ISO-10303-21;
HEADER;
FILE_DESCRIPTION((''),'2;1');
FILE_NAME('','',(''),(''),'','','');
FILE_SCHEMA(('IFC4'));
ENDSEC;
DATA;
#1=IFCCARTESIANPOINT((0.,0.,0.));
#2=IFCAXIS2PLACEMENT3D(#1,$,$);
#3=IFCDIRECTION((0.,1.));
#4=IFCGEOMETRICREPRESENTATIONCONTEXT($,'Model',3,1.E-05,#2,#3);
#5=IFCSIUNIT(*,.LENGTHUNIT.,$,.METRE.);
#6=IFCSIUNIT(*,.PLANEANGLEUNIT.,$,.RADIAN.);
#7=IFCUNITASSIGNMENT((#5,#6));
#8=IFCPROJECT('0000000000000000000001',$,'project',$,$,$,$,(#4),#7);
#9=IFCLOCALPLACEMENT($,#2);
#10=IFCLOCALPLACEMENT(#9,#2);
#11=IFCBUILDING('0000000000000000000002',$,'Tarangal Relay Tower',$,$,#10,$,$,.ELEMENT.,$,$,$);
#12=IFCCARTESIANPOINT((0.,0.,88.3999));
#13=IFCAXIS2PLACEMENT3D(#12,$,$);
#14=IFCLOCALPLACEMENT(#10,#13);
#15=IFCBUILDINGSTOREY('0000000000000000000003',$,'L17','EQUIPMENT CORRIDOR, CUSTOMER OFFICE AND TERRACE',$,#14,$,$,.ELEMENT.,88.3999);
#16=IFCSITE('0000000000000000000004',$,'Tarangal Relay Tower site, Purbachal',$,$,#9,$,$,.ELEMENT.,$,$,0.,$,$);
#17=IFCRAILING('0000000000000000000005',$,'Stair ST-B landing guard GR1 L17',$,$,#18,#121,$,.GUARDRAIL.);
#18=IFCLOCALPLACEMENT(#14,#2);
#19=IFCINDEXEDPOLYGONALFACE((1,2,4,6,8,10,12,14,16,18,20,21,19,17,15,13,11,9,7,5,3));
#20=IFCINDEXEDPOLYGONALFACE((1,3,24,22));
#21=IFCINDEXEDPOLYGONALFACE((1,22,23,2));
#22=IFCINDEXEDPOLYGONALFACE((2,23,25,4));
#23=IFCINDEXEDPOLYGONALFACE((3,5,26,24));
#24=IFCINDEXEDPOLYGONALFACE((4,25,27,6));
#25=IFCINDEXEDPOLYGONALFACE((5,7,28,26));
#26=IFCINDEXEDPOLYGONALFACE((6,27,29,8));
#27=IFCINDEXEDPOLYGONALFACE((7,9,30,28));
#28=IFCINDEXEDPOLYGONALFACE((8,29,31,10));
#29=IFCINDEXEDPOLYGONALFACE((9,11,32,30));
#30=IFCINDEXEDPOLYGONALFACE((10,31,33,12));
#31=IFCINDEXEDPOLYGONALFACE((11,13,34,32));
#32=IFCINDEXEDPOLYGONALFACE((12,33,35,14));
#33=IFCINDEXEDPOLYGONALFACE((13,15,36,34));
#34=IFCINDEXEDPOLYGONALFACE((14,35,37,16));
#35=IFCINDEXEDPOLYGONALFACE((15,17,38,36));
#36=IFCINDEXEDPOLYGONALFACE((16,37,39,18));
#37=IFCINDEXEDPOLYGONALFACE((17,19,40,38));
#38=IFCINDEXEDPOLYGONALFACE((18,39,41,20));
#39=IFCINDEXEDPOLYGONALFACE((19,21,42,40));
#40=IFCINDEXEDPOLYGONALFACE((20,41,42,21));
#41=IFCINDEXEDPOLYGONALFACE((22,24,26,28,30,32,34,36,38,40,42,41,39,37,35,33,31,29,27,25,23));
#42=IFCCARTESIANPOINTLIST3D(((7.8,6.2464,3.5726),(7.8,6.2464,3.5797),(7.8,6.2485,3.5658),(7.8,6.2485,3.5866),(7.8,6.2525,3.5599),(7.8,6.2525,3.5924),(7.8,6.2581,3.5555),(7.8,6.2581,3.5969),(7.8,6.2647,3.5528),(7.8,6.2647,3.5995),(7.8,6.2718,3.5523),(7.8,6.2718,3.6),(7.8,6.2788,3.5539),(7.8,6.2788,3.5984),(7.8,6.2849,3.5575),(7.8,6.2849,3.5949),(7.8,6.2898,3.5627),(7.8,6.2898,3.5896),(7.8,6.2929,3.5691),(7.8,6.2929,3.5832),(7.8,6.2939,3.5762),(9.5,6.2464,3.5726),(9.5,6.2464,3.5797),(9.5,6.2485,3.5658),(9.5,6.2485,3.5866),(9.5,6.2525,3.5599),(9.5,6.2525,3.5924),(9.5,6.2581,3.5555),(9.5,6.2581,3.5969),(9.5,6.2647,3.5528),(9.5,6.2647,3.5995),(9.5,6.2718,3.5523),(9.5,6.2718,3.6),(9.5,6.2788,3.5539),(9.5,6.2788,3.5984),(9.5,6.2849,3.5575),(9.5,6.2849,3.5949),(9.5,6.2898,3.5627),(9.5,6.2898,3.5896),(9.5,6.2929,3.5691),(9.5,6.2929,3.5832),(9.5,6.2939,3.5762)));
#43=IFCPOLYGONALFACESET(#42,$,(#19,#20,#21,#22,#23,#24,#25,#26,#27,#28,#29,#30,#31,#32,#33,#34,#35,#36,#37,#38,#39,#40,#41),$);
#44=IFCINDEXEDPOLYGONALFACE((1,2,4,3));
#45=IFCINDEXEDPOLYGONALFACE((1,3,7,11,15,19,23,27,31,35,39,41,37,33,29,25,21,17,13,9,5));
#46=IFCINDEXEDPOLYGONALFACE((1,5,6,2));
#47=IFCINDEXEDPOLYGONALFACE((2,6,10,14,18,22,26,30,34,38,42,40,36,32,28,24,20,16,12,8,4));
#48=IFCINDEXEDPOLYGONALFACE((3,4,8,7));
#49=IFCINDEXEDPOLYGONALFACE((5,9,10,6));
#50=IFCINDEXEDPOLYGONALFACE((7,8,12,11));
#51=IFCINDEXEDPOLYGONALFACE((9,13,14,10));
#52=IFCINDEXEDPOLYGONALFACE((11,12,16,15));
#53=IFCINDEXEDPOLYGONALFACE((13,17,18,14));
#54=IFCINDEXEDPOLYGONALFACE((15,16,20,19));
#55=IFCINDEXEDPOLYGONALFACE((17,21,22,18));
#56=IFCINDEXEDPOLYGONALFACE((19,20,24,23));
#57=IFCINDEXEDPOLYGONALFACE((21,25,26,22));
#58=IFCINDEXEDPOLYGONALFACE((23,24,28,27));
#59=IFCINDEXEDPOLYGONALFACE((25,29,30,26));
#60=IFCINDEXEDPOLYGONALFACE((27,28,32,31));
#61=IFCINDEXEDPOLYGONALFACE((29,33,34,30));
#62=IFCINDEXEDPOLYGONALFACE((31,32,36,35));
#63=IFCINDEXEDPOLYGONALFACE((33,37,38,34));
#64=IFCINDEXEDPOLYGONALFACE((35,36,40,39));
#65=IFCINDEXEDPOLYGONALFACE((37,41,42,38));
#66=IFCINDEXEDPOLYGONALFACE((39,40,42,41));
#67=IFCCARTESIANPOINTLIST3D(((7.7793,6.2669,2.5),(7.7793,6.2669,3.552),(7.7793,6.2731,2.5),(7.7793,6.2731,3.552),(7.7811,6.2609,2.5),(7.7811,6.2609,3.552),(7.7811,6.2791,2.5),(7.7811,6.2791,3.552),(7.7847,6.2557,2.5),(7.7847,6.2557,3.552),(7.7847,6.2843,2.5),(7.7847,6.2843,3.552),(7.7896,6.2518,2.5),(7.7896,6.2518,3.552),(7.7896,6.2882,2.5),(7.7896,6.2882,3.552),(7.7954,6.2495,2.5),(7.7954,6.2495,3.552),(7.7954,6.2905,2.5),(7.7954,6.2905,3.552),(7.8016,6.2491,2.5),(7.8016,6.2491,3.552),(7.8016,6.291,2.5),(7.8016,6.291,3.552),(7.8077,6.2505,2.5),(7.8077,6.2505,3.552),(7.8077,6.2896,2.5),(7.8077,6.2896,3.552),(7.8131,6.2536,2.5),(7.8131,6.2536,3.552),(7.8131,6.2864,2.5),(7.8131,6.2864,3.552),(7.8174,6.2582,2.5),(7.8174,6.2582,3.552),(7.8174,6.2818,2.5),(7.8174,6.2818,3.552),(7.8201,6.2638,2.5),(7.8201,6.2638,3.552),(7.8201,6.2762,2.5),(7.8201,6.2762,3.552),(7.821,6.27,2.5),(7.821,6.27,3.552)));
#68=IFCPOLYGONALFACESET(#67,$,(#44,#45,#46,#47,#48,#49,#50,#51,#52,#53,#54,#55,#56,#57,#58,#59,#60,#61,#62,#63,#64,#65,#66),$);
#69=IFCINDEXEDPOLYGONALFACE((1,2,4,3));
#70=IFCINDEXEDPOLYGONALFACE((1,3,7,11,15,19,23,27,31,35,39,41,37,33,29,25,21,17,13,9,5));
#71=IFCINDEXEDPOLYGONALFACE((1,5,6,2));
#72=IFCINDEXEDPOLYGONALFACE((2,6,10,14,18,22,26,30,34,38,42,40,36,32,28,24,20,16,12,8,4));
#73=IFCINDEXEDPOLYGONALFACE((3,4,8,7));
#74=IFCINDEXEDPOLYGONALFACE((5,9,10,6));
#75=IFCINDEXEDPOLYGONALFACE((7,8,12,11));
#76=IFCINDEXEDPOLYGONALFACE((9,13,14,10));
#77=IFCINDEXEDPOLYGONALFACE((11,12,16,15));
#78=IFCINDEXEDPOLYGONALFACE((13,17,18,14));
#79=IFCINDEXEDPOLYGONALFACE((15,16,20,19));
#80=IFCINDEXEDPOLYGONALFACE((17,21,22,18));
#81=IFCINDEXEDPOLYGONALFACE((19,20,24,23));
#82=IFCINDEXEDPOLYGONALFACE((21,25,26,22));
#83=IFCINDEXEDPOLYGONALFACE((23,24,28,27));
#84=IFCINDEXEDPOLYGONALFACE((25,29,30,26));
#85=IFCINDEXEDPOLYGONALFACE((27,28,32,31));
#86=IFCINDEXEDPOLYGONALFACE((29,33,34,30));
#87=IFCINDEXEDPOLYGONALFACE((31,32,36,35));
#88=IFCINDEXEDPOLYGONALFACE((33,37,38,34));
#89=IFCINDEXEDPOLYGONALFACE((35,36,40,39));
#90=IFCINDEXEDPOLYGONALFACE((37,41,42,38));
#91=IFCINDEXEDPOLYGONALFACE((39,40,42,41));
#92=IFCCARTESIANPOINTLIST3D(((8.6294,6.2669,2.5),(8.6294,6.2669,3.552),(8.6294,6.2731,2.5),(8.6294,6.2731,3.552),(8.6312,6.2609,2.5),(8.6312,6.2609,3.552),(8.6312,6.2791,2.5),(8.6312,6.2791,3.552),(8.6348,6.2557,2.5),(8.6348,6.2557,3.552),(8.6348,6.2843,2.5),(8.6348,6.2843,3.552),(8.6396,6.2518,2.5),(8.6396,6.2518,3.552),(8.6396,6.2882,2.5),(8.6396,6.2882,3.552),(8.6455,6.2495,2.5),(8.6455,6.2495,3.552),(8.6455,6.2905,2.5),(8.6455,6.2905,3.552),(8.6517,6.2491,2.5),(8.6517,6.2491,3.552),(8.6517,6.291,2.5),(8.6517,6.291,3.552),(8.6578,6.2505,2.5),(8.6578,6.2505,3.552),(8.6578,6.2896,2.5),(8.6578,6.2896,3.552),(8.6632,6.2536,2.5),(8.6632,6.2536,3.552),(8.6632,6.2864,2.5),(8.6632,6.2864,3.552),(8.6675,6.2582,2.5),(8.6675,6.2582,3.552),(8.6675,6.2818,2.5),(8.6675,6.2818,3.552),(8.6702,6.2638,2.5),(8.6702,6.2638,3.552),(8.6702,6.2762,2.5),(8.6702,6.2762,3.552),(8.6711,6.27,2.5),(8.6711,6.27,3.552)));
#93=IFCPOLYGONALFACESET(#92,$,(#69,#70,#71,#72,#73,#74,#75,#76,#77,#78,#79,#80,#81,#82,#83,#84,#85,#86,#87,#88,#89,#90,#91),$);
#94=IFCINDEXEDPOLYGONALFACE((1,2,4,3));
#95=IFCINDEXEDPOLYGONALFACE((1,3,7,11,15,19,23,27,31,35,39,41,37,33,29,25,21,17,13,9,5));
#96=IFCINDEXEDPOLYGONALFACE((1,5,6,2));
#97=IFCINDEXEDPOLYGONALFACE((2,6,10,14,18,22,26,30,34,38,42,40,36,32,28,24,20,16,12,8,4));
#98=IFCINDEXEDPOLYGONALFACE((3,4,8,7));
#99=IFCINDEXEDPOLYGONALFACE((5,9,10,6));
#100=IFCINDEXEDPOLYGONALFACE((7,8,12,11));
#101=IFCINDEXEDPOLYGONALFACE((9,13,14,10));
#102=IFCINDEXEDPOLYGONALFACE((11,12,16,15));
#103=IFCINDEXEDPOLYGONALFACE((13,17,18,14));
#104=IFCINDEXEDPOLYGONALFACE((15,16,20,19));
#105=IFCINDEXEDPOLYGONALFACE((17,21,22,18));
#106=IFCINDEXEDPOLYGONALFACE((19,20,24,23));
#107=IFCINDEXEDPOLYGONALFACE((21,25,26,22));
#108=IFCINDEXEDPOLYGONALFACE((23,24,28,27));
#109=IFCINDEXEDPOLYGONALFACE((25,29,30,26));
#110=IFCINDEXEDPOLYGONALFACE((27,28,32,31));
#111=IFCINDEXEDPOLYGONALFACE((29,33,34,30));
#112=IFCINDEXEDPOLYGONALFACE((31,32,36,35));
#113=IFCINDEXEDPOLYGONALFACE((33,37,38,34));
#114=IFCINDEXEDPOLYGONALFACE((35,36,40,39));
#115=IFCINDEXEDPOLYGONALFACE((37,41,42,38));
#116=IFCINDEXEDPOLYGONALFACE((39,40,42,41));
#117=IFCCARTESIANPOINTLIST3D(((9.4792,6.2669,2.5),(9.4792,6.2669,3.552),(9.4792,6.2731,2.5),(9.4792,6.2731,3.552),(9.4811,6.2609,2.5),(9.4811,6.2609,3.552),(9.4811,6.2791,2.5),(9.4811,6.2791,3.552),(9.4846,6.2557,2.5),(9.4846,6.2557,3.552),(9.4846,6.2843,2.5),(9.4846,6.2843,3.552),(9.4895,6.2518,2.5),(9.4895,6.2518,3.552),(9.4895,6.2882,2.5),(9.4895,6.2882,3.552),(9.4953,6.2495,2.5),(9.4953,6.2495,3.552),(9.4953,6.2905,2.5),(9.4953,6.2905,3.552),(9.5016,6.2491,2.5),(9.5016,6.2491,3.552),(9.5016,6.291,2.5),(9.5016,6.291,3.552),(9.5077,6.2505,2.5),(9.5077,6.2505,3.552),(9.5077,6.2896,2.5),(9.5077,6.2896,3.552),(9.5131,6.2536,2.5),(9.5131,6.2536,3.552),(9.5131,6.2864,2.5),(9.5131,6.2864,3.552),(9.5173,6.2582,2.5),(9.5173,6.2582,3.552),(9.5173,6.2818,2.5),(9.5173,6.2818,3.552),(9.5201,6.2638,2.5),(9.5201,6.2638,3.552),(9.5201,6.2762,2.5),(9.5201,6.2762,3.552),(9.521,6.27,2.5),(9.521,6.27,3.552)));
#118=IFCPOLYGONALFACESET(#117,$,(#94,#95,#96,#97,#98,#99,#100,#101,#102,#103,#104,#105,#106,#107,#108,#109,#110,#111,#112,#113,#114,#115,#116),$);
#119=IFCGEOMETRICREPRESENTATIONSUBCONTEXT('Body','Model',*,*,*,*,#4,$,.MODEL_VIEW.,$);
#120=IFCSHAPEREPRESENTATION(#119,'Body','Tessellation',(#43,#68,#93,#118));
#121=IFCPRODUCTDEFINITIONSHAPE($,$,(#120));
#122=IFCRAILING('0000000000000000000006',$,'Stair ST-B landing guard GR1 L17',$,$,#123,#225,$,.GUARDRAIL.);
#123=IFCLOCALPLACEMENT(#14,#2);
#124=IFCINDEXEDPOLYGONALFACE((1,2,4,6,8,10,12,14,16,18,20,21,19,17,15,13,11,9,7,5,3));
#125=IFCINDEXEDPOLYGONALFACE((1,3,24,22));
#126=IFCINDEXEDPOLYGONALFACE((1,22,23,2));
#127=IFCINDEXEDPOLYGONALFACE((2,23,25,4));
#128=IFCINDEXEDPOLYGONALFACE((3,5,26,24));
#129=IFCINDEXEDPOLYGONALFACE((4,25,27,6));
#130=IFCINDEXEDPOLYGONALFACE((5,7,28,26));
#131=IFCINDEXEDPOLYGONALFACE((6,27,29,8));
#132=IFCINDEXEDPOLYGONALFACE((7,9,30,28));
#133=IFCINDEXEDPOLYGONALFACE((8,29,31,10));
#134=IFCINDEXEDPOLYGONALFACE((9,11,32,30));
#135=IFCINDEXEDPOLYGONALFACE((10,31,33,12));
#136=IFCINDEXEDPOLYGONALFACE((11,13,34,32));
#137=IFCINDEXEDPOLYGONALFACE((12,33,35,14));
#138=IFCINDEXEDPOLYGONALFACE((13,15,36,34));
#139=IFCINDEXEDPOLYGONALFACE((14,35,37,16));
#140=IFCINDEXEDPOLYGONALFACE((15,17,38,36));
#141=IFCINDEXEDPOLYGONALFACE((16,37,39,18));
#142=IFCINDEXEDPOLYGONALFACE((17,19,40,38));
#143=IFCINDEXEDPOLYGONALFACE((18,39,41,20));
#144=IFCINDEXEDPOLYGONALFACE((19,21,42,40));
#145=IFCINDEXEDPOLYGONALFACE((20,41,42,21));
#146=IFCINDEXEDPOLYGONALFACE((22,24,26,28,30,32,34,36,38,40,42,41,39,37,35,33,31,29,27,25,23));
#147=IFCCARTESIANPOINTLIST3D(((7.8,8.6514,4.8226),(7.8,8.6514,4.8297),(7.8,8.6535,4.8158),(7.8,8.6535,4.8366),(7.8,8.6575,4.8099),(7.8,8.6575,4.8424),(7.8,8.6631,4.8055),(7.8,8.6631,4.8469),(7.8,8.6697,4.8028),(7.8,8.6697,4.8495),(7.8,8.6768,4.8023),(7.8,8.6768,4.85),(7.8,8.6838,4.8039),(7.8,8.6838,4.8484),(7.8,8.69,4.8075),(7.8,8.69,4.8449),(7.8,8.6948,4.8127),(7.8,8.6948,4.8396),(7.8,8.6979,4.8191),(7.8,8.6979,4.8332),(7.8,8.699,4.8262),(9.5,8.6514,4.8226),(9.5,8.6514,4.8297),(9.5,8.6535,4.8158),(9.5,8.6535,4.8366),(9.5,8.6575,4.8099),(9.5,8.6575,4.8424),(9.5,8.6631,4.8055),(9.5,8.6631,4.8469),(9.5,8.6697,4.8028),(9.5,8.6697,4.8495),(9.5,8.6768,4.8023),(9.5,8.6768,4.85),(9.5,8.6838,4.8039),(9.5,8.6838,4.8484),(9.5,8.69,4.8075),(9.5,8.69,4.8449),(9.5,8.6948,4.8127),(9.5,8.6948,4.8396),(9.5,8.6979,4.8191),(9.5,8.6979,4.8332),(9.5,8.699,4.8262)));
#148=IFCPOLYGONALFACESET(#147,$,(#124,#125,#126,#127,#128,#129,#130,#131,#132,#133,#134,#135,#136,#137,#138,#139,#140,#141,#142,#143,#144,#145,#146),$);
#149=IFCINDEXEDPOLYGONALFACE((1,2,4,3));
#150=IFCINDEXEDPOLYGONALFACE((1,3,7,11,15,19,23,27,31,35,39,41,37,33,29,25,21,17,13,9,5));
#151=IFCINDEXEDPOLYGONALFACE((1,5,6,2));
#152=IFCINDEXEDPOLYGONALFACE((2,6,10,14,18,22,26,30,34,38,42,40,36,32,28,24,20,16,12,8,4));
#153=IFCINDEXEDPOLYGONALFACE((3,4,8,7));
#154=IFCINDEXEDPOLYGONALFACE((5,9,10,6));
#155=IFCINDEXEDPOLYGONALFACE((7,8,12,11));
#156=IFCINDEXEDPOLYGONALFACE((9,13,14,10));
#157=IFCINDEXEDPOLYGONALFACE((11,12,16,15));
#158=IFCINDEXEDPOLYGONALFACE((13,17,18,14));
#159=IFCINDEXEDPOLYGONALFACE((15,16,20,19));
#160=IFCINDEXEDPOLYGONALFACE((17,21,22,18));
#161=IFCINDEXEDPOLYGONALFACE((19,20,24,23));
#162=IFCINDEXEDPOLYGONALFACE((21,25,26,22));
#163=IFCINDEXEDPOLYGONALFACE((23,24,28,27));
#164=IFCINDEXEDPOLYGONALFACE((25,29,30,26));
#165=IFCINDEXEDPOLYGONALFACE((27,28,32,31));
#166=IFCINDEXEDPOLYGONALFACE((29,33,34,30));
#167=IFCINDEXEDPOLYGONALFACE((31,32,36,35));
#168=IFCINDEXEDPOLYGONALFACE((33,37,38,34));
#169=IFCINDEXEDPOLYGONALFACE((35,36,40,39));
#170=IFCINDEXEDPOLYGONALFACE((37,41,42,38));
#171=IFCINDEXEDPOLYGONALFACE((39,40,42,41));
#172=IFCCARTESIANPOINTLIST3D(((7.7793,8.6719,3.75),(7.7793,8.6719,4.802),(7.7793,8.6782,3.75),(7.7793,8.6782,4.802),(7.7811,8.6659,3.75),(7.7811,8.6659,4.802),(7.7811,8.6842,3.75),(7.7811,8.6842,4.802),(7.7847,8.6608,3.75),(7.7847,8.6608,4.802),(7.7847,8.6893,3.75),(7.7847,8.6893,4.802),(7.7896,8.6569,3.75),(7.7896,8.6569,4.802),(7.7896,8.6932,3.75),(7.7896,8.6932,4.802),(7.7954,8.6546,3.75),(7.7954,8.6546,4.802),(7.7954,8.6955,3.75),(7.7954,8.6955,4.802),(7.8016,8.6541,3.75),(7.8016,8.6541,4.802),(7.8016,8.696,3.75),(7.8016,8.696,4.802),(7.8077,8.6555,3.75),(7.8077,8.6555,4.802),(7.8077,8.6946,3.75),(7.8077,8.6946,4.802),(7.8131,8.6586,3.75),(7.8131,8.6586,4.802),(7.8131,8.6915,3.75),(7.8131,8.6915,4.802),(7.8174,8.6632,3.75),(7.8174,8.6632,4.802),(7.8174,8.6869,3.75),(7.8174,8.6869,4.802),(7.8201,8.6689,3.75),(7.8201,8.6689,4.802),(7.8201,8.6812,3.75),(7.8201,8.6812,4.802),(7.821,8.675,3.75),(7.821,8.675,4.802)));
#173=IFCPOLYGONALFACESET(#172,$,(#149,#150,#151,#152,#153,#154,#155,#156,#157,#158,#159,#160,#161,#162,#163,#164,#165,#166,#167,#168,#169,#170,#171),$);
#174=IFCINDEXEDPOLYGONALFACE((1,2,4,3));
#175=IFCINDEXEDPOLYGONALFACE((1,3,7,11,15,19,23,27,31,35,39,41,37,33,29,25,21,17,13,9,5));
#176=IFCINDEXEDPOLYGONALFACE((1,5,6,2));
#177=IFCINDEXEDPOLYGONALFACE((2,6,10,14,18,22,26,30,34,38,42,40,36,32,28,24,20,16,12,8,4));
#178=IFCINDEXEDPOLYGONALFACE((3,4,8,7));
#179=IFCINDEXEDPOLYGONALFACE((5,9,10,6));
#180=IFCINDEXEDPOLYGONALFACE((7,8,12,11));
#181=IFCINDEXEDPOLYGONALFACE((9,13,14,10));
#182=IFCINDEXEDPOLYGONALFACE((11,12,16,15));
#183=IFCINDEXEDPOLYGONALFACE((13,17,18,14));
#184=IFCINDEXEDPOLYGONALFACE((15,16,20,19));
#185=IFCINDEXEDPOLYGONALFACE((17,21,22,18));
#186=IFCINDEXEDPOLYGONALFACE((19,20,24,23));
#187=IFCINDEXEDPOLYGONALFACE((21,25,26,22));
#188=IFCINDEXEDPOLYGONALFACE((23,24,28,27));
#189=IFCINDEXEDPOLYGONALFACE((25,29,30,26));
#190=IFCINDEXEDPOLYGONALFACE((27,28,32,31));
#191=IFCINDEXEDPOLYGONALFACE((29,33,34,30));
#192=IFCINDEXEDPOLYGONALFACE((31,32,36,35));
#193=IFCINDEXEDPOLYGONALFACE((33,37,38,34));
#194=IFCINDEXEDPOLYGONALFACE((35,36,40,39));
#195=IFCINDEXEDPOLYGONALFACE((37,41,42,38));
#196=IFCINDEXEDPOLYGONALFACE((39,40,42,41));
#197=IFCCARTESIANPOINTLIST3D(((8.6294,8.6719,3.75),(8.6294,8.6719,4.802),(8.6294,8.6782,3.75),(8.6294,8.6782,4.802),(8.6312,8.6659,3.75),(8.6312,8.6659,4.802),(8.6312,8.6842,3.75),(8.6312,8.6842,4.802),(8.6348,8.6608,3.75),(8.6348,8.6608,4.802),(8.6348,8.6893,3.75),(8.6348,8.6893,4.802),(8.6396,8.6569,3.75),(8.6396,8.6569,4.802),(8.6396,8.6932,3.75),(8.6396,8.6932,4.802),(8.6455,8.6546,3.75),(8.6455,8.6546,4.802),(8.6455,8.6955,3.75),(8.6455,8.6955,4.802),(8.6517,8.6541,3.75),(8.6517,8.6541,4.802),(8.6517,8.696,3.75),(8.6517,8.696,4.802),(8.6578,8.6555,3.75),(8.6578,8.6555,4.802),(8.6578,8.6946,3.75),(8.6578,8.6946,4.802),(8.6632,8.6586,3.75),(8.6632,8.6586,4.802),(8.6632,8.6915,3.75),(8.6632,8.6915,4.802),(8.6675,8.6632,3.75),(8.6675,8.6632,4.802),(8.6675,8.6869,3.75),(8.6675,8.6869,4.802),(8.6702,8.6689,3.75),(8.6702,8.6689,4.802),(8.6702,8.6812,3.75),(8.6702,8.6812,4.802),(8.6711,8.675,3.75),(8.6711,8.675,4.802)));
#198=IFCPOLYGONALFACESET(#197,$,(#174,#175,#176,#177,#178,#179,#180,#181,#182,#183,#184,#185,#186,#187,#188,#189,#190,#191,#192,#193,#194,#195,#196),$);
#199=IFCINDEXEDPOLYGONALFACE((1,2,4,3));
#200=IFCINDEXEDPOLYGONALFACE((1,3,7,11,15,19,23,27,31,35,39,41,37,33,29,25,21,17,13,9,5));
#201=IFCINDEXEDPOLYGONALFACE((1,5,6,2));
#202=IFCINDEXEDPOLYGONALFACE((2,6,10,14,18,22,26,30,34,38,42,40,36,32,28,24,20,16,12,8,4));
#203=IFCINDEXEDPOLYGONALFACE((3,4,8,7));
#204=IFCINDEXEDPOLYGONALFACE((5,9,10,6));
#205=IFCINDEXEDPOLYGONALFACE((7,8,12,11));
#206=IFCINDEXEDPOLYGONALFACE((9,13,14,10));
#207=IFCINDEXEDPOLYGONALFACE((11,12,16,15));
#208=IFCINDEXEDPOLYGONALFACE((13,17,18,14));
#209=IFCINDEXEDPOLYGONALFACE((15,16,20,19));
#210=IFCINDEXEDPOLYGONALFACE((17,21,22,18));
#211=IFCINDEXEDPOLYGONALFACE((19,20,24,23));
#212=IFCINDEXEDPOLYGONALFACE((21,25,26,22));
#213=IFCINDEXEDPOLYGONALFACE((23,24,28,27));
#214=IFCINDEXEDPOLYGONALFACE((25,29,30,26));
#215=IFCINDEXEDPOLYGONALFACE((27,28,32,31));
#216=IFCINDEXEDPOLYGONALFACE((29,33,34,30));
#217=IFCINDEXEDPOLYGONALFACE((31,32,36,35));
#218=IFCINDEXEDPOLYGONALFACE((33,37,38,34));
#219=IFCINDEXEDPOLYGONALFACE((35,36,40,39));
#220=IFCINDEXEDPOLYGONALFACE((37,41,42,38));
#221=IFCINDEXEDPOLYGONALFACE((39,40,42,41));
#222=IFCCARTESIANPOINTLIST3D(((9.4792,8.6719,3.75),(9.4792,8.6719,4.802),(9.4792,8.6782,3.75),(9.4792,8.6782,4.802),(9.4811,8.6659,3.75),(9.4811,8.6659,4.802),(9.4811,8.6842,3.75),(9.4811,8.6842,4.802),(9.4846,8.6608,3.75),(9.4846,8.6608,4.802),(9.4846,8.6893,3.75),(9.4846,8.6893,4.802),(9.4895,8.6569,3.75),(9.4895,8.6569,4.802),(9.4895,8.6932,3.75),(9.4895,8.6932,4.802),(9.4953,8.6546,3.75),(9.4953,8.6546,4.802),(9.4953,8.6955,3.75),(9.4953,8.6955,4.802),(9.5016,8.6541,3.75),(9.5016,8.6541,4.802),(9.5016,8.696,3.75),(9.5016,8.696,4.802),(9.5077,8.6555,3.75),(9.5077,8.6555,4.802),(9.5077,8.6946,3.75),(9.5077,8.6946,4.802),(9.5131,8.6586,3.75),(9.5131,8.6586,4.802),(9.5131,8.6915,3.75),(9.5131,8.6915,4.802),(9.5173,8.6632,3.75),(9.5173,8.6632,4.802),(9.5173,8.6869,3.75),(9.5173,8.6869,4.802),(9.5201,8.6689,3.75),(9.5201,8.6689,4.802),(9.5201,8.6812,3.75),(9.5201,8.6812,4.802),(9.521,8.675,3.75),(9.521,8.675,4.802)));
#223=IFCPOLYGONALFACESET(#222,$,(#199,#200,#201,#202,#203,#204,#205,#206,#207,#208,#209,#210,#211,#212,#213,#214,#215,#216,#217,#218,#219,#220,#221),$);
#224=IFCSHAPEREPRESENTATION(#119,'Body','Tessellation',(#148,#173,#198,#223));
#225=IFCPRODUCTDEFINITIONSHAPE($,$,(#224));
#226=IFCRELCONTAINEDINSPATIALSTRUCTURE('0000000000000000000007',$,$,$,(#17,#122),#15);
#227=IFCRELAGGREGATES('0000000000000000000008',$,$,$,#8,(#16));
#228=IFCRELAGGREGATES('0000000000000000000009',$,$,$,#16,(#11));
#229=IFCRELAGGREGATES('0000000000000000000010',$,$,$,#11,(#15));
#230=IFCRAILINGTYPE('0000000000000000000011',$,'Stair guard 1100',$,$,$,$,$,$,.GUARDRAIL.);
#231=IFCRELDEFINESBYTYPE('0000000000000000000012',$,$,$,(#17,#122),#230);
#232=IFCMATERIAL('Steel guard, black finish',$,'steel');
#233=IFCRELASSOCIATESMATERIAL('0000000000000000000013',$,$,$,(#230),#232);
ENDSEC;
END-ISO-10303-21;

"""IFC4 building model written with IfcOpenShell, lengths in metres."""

from ifc_helpers import new_model, si_unit, direction, frame, origin, origin_2d, place, context, subcontext, project, spatial, circle, extrude, material, type_object, element, save


model = new_model("IFC4")

# Units and contexts
model_context = context("Model", 3, precision=1e-05, world=origin(), true_north=direction((0.0, 1.0)))
body_context = subcontext(model_context, "Body", "Model", "MODEL_VIEW")
ifc_project = project(units=[si_unit("LENGTHUNIT", "METRE"), si_unit("PLANEANGLEUNIT", "RADIAN")], contexts=[model_context])

# Site, building, storey
site_placement = place(None, origin())
site = spatial("IfcSite", under=ifc_project, at=site_placement, Name="Tarangal Relay Tower site, Purbachal", CompositionType="ELEMENT", RefElevation=0.0)
building_placement = place(site_placement, origin())
building = spatial("IfcBuilding", under=site, at=building_placement, Name="Tarangal Relay Tower", CompositionType="ELEMENT")
storey_placement = place(building_placement, frame((0.0, 0.0, 88.3999)))
storey = spatial("IfcBuildingStorey", under=building, at=storey_placement, Name="L17", Description="EQUIPMENT CORRIDOR, CUSTOMER OFFICE AND TERRACE", CompositionType="ELEMENT", Elevation=88.3999)

# Railings
ifc_material_1 = material(Name="Steel guard, black finish", Category="steel")
railing_type_1 = type_object("IfcRailingType", Name="Stair guard 1100", PredefinedType="GUARDRAIL", material=ifc_material_1)
for number, where, name in (
    (1, (7.8, 6.27, 2.5), "Stair ST-B landing guard GR1 L17"),
    (2, (7.8, 8.675, 3.75), "Stair ST-B landing guard GR1 L17"),
):
    element("IfcRailing", number, at=place(storey_placement, frame(where)), inside=storey, type_object=railing_type_1, Name=name, PredefinedType="GUARDRAIL", context=body_context, shape_type="SweptSolid", body=[
        extrude(circle(Radius=0.0239, at=origin_2d()), frame((0.0, 0.0, 1.0762), z_axis=(1.0, 0.0, 0.0), x_axis=(0.0, 1.0, 0.0)), (0.0, 0.0, 1.0), 1.7),
        extrude(circle(Radius=0.021, at=origin_2d()), origin(), (0.0, 0.0, 1.0), 1.052),
        extrude(circle(Radius=0.021, at=origin_2d()), frame((0.8501, 0.0, 0.0)), (0.0, 0.0, 1.0), 1.052),
        extrude(circle(Radius=0.021, at=origin_2d()), frame((1.7, 0.0, 0.0)), (0.0, 0.0, 1.0), 1.052),
    ])

save(model, "model.ifc")
